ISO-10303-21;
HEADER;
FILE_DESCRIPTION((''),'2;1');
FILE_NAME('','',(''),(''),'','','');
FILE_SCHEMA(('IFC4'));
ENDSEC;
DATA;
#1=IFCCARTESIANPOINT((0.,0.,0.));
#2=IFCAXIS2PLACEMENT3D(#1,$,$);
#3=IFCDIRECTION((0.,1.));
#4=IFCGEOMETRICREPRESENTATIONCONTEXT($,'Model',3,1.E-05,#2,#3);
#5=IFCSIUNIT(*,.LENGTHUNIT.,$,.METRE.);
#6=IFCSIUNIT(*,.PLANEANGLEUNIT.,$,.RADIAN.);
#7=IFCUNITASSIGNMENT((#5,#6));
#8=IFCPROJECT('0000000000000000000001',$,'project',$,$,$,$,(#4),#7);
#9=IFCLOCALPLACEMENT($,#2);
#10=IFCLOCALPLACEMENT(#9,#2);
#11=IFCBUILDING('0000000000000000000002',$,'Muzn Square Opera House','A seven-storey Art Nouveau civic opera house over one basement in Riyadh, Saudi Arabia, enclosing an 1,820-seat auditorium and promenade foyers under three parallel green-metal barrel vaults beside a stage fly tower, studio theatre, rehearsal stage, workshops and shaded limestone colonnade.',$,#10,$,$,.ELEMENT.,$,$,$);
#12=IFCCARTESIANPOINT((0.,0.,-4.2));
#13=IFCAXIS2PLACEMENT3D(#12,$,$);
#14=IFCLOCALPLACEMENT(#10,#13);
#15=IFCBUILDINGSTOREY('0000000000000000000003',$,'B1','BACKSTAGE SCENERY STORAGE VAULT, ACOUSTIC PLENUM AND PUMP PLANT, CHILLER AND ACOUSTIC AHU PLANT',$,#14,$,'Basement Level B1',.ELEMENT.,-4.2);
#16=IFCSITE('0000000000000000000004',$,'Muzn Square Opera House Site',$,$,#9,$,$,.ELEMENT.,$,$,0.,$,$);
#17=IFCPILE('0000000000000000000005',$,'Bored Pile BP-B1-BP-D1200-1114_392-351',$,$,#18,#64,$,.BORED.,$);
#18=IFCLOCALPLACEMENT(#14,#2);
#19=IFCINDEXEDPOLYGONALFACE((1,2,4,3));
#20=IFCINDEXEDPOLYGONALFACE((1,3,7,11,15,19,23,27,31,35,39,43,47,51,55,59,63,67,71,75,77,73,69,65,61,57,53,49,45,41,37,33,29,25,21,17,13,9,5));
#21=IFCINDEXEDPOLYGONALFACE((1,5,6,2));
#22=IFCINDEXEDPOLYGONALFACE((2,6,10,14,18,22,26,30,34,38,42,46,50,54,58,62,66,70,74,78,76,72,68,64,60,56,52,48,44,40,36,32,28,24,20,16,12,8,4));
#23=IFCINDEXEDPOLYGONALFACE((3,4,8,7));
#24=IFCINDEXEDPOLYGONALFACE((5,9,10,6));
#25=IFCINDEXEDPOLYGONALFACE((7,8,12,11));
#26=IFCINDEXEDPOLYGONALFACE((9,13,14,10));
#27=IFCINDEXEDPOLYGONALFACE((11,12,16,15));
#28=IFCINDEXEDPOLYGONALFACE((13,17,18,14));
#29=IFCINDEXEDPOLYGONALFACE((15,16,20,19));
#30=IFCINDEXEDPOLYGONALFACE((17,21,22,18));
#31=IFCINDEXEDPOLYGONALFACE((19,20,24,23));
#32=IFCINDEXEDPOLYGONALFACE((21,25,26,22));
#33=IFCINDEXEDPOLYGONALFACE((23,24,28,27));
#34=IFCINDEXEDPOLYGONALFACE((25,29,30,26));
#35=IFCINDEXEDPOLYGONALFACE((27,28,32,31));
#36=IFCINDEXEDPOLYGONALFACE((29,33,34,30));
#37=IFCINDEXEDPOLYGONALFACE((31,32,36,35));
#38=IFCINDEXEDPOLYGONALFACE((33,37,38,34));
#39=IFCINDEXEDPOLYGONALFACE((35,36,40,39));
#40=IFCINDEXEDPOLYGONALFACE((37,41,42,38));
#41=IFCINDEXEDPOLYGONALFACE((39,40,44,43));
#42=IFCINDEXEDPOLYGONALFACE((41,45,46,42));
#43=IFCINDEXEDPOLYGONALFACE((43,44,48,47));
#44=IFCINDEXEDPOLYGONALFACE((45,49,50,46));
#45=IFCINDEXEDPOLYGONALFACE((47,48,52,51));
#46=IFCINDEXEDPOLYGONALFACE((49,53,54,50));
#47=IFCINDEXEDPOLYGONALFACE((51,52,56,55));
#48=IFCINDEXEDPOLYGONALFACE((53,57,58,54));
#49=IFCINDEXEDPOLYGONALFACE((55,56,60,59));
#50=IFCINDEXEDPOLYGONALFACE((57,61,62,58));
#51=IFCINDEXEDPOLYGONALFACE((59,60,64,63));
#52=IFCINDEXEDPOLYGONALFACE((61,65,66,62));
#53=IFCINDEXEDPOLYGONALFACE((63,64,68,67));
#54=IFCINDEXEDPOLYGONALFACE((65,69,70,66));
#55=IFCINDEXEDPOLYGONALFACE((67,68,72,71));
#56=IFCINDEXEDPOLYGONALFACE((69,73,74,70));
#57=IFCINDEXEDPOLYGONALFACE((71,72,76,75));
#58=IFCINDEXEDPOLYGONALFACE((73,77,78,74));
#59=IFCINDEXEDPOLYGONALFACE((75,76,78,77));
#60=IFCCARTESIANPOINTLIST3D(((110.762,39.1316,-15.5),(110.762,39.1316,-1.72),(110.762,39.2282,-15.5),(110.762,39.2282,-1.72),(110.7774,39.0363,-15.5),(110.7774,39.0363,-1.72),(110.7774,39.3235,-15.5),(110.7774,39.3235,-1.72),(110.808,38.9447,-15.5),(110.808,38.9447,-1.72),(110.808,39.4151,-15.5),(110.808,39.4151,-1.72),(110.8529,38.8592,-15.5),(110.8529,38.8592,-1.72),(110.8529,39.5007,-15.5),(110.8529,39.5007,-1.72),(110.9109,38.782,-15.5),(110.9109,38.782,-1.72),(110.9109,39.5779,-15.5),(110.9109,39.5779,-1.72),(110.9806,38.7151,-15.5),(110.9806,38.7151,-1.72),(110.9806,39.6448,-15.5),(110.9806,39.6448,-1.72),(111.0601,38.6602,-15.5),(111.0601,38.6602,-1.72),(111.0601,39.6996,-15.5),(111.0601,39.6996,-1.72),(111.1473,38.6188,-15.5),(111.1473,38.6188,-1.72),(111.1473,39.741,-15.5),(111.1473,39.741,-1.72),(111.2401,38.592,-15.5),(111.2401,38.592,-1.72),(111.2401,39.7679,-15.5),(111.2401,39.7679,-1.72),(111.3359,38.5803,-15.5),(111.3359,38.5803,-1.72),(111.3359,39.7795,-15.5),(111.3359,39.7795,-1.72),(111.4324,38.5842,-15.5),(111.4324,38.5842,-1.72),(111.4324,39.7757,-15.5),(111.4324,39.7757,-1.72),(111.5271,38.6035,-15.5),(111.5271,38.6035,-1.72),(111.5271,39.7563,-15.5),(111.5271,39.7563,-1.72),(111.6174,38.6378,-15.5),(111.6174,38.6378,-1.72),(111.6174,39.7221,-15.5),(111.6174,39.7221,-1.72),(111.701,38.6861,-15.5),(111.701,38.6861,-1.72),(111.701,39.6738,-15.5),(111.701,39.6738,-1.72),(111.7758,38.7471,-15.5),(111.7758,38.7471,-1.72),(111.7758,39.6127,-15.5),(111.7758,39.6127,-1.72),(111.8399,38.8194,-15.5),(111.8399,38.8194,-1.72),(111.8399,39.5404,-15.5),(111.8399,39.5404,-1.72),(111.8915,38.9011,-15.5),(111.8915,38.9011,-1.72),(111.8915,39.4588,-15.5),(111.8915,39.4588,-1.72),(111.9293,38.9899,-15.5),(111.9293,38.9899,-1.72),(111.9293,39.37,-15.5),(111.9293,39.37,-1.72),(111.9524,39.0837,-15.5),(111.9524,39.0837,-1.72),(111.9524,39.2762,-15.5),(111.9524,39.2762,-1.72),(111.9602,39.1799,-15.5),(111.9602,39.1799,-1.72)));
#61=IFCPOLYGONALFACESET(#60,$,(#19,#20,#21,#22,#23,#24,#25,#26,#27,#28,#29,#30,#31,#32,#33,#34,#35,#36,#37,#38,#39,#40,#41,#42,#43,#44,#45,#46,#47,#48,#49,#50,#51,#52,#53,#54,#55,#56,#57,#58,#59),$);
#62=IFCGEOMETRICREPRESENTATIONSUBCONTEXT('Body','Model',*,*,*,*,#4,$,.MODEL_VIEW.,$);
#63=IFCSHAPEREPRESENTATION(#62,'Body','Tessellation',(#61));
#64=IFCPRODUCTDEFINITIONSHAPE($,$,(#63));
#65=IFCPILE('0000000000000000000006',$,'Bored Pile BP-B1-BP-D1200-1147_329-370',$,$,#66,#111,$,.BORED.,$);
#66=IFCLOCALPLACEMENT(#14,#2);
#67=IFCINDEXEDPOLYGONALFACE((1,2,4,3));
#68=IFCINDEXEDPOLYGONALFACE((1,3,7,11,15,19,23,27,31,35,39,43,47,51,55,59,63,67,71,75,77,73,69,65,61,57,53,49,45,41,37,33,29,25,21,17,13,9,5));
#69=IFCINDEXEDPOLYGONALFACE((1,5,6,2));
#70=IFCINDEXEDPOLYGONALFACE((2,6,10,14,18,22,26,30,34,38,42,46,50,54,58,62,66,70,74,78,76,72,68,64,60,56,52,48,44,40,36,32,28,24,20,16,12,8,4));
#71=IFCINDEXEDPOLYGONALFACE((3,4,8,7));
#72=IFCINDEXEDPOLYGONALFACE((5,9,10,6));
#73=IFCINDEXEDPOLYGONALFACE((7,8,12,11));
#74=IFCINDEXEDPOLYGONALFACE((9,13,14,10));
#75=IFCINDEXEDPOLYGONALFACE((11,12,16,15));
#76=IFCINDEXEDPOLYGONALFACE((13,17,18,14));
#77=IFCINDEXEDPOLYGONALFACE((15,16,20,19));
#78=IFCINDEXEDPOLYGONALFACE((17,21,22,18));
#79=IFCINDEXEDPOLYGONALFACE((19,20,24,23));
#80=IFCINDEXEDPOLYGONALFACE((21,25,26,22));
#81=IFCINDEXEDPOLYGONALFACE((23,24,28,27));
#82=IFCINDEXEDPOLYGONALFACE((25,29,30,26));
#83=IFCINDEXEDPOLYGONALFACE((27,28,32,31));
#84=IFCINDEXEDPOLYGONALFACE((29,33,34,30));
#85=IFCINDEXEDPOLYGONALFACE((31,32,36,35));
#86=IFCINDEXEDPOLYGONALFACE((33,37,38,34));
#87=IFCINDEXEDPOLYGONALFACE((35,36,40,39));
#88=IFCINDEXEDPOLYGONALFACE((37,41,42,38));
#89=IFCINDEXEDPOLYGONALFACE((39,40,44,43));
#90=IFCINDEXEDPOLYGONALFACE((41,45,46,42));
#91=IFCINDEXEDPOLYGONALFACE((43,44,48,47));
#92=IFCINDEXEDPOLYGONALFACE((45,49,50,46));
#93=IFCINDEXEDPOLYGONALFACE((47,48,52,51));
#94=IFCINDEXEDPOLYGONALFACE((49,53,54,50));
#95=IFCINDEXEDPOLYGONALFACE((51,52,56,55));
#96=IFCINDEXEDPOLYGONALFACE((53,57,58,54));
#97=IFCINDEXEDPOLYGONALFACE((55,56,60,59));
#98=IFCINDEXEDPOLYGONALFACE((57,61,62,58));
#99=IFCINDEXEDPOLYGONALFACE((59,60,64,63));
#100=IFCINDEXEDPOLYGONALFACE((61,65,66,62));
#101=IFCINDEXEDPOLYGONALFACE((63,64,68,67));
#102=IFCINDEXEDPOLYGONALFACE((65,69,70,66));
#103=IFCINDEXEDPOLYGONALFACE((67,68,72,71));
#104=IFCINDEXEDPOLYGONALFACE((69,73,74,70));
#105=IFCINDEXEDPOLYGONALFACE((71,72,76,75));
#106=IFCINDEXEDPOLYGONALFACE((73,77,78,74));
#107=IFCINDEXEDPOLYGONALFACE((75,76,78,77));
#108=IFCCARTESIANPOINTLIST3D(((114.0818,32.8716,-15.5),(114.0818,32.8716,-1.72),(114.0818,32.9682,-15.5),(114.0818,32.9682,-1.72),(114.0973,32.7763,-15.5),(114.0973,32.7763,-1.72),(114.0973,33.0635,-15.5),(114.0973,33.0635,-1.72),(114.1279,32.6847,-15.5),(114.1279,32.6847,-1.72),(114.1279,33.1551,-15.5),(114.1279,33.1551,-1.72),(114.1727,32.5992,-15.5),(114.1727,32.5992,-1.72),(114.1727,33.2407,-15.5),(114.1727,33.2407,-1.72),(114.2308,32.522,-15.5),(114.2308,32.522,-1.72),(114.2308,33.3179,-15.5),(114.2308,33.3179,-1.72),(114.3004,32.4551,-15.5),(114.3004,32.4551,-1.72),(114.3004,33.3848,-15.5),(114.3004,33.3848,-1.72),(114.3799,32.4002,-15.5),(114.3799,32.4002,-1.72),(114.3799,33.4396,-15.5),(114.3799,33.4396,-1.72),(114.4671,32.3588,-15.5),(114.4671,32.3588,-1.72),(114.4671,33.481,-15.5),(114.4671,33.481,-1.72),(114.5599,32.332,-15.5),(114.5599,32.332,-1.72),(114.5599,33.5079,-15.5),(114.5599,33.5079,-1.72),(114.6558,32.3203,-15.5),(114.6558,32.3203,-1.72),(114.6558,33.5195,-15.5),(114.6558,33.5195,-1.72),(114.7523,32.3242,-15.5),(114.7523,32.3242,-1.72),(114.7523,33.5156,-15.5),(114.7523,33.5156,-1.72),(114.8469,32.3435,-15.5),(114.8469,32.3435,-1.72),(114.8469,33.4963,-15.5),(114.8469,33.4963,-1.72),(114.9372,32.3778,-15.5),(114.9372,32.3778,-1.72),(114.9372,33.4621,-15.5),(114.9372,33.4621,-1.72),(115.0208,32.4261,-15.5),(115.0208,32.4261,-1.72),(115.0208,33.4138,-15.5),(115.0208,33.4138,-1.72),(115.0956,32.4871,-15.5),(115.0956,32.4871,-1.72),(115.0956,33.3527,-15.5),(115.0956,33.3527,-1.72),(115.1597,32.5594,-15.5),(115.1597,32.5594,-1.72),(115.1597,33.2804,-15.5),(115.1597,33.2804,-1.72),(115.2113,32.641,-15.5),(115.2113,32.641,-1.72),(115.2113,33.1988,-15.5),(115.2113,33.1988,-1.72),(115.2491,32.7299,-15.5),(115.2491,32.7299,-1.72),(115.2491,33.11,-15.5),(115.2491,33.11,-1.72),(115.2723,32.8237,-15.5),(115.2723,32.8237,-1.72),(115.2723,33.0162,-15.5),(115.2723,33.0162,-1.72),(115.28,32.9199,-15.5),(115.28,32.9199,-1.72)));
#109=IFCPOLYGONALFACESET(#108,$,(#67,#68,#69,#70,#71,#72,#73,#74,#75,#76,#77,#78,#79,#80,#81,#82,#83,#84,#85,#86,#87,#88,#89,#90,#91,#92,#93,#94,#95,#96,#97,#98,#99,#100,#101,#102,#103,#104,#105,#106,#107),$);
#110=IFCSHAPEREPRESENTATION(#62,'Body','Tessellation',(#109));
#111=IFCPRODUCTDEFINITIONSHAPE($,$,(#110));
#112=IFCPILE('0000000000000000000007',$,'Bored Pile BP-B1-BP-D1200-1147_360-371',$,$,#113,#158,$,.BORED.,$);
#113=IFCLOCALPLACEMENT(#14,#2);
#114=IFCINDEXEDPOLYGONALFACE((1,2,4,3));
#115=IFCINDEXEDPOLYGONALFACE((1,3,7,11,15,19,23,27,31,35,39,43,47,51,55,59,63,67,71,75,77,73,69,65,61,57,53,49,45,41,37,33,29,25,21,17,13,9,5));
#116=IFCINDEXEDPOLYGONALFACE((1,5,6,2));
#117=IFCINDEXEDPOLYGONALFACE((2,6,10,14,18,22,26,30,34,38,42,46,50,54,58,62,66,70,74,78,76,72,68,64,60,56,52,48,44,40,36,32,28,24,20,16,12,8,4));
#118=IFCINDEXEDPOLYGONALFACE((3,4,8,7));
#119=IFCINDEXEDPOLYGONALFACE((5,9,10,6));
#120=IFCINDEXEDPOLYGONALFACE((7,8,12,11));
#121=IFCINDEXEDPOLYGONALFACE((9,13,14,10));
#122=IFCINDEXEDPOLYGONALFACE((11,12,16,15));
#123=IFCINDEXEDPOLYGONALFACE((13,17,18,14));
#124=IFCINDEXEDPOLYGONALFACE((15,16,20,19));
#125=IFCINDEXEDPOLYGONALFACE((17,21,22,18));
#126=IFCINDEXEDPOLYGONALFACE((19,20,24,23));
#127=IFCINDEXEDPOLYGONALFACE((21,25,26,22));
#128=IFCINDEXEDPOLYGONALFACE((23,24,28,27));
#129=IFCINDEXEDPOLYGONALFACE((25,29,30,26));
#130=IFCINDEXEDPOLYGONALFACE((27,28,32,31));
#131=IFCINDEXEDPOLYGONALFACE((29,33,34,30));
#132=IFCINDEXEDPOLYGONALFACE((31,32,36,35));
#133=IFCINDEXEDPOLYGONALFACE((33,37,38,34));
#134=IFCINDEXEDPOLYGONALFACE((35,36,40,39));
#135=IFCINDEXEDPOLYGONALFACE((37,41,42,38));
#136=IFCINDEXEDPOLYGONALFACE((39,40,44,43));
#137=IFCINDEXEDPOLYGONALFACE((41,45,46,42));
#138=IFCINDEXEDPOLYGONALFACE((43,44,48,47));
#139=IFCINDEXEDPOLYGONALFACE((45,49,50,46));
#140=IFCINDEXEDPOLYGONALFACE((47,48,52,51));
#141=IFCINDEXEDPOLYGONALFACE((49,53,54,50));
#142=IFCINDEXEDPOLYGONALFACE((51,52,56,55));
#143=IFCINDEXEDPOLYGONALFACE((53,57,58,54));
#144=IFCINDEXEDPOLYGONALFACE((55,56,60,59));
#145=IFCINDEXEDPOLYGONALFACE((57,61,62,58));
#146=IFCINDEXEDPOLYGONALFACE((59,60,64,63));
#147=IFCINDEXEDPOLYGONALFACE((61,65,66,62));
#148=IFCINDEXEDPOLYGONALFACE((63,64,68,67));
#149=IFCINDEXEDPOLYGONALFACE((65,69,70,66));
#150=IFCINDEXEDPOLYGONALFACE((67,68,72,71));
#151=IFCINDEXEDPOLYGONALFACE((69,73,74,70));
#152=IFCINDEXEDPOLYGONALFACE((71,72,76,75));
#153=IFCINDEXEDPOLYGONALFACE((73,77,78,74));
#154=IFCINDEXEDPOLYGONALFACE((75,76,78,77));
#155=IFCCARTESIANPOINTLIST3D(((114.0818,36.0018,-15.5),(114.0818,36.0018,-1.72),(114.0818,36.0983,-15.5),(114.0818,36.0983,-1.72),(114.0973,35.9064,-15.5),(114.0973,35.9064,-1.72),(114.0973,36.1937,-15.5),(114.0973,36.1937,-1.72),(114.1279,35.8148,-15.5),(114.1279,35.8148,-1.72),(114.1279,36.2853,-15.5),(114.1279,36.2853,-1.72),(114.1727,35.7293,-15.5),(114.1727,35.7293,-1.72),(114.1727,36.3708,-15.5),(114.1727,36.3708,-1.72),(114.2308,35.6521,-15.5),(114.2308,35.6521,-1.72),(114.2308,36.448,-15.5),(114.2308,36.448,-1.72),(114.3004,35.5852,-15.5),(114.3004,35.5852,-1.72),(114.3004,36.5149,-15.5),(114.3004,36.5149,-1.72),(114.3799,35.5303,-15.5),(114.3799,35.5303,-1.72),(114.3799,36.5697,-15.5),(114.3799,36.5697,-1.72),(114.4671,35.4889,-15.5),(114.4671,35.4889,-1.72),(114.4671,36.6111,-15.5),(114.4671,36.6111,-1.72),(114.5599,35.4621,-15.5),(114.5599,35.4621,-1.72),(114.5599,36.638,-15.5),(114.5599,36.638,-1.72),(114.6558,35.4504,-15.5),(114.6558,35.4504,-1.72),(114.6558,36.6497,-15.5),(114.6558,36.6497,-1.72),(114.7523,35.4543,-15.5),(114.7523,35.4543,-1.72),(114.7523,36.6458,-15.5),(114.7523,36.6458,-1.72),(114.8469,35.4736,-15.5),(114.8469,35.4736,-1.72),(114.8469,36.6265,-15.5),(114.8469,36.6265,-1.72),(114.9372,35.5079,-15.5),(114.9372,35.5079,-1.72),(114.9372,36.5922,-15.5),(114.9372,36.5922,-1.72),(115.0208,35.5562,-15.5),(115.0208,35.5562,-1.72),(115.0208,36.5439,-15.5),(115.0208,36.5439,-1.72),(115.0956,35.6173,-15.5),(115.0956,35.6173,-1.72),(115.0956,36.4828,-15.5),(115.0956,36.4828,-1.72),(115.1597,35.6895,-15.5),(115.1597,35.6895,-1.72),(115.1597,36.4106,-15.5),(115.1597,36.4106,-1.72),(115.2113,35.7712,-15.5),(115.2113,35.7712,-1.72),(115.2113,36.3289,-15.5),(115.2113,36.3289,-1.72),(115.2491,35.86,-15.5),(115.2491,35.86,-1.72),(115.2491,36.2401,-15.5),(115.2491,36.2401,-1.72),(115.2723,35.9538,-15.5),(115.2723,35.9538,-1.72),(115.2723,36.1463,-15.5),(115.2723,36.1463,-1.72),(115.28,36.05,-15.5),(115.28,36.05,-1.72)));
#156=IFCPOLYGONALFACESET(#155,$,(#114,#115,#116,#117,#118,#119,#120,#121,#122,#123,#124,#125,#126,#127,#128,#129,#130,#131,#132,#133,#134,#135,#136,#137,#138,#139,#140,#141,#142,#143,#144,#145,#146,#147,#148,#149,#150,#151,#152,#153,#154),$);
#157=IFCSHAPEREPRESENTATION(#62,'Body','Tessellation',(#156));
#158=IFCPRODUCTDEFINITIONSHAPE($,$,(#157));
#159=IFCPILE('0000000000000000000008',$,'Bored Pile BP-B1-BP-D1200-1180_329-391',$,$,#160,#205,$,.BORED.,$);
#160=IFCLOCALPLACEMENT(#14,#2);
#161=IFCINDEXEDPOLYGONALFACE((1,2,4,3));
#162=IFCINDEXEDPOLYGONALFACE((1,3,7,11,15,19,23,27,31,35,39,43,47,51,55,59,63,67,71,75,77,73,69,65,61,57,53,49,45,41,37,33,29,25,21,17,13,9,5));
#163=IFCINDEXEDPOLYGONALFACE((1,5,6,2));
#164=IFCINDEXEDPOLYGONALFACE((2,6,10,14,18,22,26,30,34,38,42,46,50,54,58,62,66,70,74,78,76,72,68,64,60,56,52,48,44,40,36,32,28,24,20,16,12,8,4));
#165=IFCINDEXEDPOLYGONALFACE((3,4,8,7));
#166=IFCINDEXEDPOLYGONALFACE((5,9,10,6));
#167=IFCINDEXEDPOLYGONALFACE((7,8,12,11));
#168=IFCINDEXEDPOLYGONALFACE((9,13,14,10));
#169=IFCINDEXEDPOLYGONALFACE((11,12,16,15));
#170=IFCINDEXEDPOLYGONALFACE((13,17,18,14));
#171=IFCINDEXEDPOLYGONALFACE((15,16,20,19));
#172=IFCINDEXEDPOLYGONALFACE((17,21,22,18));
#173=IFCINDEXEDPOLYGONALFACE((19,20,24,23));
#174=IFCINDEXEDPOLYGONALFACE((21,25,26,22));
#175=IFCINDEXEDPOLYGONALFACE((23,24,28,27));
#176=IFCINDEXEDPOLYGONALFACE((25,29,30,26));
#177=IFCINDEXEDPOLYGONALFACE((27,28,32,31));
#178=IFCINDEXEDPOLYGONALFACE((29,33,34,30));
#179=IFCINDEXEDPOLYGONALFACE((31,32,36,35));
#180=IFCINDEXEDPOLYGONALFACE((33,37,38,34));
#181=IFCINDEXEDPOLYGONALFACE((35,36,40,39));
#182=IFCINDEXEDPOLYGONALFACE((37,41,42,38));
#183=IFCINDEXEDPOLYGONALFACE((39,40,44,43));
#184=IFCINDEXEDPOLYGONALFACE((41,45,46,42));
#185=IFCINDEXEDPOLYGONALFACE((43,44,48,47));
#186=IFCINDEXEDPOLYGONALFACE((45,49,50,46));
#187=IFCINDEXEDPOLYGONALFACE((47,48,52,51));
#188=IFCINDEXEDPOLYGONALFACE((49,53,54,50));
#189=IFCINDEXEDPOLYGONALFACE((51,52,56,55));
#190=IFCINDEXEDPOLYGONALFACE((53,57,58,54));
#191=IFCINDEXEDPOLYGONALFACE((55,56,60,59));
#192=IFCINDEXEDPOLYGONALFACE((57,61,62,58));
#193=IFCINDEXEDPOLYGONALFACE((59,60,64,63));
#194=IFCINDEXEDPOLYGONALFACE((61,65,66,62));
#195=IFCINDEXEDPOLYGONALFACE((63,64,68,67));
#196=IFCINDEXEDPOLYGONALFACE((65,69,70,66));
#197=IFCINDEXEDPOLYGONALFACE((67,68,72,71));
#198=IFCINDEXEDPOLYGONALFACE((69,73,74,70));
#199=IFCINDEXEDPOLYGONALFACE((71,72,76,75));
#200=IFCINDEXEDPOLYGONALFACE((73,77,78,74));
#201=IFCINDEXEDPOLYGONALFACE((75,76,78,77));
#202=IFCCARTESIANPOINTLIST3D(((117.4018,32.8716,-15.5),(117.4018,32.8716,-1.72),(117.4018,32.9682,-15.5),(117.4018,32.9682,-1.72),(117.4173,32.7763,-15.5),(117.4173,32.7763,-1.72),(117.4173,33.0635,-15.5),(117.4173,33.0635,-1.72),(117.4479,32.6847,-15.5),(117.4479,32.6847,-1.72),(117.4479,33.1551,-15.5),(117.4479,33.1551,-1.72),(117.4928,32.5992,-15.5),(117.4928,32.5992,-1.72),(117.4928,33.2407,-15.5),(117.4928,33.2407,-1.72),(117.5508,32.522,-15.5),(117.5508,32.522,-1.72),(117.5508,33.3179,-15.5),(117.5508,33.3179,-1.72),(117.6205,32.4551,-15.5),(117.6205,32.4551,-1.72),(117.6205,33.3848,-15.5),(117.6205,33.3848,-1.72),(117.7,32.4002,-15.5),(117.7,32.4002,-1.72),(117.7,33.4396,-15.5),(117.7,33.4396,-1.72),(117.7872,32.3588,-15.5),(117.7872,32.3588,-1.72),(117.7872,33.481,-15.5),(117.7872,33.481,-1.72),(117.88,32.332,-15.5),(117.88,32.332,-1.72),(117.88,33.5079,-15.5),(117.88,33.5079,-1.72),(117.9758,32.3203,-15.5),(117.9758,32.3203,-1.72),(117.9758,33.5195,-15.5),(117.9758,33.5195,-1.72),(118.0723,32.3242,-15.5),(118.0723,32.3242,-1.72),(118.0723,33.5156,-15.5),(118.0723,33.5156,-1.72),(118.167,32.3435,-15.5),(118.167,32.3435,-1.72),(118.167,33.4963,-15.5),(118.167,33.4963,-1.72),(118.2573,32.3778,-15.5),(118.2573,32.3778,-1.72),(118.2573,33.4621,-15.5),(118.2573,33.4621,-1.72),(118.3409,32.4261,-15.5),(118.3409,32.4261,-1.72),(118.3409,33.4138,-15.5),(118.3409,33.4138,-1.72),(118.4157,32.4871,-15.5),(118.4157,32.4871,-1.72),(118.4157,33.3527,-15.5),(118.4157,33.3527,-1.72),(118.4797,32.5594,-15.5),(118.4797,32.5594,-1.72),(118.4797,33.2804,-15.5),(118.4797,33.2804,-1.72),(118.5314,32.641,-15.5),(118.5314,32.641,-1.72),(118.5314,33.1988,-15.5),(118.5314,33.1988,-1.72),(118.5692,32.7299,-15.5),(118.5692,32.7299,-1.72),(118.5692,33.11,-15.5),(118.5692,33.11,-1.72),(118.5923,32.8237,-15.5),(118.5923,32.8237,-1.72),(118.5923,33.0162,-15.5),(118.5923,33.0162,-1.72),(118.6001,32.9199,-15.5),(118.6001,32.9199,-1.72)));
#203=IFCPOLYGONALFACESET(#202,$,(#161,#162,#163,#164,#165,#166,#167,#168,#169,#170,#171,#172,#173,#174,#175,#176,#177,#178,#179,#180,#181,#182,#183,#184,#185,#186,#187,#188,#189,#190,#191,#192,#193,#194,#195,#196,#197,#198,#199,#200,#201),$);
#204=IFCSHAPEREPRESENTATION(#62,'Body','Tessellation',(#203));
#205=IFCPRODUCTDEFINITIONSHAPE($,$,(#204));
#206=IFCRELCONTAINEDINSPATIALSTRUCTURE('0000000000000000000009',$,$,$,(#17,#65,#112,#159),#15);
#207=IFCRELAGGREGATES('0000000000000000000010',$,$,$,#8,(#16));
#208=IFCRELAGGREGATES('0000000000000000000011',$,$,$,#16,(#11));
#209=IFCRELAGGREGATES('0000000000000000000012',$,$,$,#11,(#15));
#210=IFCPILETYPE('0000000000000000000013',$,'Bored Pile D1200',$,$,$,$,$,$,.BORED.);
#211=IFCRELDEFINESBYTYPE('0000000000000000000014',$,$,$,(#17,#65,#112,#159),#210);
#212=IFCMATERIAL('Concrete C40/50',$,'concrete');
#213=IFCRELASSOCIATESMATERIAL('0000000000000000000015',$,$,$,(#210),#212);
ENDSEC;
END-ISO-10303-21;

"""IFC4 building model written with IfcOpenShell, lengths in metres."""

from ifc_helpers import new_model, si_unit, direction, frame, origin, origin_2d, place, context, subcontext, project, spatial, circle, extrude, material, material_profile, profile_set, type_object, element, save


model = new_model("IFC4")

# Units and contexts
model_context = context("Model", 3, precision=1e-05, world=origin(), true_north=direction((0.0, 1.0)))
body_context = subcontext(model_context, "Body", "Model", "MODEL_VIEW")
ifc_project = project(units=[si_unit("LENGTHUNIT", "METRE"), si_unit("PLANEANGLEUNIT", "RADIAN")], contexts=[model_context])

# Site, building, storey
site_placement = place(None, origin())
site = spatial("IfcSite", under=ifc_project, at=site_placement, Name="Muzn Square Opera House Site", CompositionType="ELEMENT", RefElevation=0.0)
building_placement = place(site_placement, origin())
building = spatial("IfcBuilding", under=site, at=building_placement, Name="Muzn Square Opera House", Description="A seven-storey Art Nouveau civic opera house over one basement in Riyadh, Saudi Arabia, enclosing an 1,820-seat auditorium and promenade foyers under three parallel green-metal barrel vaults beside a stage fly tower, studio theatre, rehearsal stage, workshops and shaded limestone colonnade.", CompositionType="ELEMENT")
storey_placement = place(building_placement, frame((0.0, 0.0, -4.2)))
storey = spatial("IfcBuildingStorey", under=building, at=storey_placement, Name="B1", Description="BACKSTAGE SCENERY STORAGE VAULT, ACOUSTIC PLENUM AND PUMP PLANT, CHILLER AND ACOUSTIC AHU PLANT", LongName="Basement Level B1", CompositionType="ELEMENT", Elevation=-4.2)

# Piles
ifc_material_1 = material(Name="Concrete C40/50", Category="concrete")
ifc_material_profile_1 = material_profile(ifc_material_1, circle(Radius=0.6001, at=origin_2d()), Name="BORED PILE D1200", Category="concrete")
ifc_profile_set_1 = profile_set([ifc_material_profile_1], Name="Concrete C40/50")
pile_type = type_object("IfcPileType", Name="Bored Pile D1200", PredefinedType="BORED", material=ifc_profile_set_1)
for number, where, z_axis, x_axis, name in (
    (1, (111.3601, 39.1799, -1.72), (0.0, 0.0, -1.0), (1.0, 0.0, 0.0), "Bored Pile BP-B1-BP-D1200-1114_392-351"),
    (2, (114.6799, 32.9199, -1.72), (0.0, 0.0, -1.0), (1.0, 0.0, 0.0), "Bored Pile BP-B1-BP-D1200-1147_329-370"),
    (3, (114.6799, 36.05, -1.72), (0.0, 0.0, -1.0), (1.0, 0.0, 0.0), "Bored Pile BP-B1-BP-D1200-1147_360-371"),
    (4, (118.0, 32.9199, -1.72), (0.0, 0.0, -1.0), (1.0, 0.0, 0.0), "Bored Pile BP-B1-BP-D1200-1180_329-391"),
):
    element("IfcPile", number, at=place(storey_placement, frame(where, z_axis=z_axis, x_axis=x_axis)), inside=storey, type_object=pile_type, Name=name, PredefinedType="BORED", context=body_context, shape_type="SweptSolid", body=[
        extrude(circle(Radius=0.6001, at=origin_2d()), origin(), (0.0, 0.0, 1.0), 13.78),
    ])

save(model, "model.ifc")
